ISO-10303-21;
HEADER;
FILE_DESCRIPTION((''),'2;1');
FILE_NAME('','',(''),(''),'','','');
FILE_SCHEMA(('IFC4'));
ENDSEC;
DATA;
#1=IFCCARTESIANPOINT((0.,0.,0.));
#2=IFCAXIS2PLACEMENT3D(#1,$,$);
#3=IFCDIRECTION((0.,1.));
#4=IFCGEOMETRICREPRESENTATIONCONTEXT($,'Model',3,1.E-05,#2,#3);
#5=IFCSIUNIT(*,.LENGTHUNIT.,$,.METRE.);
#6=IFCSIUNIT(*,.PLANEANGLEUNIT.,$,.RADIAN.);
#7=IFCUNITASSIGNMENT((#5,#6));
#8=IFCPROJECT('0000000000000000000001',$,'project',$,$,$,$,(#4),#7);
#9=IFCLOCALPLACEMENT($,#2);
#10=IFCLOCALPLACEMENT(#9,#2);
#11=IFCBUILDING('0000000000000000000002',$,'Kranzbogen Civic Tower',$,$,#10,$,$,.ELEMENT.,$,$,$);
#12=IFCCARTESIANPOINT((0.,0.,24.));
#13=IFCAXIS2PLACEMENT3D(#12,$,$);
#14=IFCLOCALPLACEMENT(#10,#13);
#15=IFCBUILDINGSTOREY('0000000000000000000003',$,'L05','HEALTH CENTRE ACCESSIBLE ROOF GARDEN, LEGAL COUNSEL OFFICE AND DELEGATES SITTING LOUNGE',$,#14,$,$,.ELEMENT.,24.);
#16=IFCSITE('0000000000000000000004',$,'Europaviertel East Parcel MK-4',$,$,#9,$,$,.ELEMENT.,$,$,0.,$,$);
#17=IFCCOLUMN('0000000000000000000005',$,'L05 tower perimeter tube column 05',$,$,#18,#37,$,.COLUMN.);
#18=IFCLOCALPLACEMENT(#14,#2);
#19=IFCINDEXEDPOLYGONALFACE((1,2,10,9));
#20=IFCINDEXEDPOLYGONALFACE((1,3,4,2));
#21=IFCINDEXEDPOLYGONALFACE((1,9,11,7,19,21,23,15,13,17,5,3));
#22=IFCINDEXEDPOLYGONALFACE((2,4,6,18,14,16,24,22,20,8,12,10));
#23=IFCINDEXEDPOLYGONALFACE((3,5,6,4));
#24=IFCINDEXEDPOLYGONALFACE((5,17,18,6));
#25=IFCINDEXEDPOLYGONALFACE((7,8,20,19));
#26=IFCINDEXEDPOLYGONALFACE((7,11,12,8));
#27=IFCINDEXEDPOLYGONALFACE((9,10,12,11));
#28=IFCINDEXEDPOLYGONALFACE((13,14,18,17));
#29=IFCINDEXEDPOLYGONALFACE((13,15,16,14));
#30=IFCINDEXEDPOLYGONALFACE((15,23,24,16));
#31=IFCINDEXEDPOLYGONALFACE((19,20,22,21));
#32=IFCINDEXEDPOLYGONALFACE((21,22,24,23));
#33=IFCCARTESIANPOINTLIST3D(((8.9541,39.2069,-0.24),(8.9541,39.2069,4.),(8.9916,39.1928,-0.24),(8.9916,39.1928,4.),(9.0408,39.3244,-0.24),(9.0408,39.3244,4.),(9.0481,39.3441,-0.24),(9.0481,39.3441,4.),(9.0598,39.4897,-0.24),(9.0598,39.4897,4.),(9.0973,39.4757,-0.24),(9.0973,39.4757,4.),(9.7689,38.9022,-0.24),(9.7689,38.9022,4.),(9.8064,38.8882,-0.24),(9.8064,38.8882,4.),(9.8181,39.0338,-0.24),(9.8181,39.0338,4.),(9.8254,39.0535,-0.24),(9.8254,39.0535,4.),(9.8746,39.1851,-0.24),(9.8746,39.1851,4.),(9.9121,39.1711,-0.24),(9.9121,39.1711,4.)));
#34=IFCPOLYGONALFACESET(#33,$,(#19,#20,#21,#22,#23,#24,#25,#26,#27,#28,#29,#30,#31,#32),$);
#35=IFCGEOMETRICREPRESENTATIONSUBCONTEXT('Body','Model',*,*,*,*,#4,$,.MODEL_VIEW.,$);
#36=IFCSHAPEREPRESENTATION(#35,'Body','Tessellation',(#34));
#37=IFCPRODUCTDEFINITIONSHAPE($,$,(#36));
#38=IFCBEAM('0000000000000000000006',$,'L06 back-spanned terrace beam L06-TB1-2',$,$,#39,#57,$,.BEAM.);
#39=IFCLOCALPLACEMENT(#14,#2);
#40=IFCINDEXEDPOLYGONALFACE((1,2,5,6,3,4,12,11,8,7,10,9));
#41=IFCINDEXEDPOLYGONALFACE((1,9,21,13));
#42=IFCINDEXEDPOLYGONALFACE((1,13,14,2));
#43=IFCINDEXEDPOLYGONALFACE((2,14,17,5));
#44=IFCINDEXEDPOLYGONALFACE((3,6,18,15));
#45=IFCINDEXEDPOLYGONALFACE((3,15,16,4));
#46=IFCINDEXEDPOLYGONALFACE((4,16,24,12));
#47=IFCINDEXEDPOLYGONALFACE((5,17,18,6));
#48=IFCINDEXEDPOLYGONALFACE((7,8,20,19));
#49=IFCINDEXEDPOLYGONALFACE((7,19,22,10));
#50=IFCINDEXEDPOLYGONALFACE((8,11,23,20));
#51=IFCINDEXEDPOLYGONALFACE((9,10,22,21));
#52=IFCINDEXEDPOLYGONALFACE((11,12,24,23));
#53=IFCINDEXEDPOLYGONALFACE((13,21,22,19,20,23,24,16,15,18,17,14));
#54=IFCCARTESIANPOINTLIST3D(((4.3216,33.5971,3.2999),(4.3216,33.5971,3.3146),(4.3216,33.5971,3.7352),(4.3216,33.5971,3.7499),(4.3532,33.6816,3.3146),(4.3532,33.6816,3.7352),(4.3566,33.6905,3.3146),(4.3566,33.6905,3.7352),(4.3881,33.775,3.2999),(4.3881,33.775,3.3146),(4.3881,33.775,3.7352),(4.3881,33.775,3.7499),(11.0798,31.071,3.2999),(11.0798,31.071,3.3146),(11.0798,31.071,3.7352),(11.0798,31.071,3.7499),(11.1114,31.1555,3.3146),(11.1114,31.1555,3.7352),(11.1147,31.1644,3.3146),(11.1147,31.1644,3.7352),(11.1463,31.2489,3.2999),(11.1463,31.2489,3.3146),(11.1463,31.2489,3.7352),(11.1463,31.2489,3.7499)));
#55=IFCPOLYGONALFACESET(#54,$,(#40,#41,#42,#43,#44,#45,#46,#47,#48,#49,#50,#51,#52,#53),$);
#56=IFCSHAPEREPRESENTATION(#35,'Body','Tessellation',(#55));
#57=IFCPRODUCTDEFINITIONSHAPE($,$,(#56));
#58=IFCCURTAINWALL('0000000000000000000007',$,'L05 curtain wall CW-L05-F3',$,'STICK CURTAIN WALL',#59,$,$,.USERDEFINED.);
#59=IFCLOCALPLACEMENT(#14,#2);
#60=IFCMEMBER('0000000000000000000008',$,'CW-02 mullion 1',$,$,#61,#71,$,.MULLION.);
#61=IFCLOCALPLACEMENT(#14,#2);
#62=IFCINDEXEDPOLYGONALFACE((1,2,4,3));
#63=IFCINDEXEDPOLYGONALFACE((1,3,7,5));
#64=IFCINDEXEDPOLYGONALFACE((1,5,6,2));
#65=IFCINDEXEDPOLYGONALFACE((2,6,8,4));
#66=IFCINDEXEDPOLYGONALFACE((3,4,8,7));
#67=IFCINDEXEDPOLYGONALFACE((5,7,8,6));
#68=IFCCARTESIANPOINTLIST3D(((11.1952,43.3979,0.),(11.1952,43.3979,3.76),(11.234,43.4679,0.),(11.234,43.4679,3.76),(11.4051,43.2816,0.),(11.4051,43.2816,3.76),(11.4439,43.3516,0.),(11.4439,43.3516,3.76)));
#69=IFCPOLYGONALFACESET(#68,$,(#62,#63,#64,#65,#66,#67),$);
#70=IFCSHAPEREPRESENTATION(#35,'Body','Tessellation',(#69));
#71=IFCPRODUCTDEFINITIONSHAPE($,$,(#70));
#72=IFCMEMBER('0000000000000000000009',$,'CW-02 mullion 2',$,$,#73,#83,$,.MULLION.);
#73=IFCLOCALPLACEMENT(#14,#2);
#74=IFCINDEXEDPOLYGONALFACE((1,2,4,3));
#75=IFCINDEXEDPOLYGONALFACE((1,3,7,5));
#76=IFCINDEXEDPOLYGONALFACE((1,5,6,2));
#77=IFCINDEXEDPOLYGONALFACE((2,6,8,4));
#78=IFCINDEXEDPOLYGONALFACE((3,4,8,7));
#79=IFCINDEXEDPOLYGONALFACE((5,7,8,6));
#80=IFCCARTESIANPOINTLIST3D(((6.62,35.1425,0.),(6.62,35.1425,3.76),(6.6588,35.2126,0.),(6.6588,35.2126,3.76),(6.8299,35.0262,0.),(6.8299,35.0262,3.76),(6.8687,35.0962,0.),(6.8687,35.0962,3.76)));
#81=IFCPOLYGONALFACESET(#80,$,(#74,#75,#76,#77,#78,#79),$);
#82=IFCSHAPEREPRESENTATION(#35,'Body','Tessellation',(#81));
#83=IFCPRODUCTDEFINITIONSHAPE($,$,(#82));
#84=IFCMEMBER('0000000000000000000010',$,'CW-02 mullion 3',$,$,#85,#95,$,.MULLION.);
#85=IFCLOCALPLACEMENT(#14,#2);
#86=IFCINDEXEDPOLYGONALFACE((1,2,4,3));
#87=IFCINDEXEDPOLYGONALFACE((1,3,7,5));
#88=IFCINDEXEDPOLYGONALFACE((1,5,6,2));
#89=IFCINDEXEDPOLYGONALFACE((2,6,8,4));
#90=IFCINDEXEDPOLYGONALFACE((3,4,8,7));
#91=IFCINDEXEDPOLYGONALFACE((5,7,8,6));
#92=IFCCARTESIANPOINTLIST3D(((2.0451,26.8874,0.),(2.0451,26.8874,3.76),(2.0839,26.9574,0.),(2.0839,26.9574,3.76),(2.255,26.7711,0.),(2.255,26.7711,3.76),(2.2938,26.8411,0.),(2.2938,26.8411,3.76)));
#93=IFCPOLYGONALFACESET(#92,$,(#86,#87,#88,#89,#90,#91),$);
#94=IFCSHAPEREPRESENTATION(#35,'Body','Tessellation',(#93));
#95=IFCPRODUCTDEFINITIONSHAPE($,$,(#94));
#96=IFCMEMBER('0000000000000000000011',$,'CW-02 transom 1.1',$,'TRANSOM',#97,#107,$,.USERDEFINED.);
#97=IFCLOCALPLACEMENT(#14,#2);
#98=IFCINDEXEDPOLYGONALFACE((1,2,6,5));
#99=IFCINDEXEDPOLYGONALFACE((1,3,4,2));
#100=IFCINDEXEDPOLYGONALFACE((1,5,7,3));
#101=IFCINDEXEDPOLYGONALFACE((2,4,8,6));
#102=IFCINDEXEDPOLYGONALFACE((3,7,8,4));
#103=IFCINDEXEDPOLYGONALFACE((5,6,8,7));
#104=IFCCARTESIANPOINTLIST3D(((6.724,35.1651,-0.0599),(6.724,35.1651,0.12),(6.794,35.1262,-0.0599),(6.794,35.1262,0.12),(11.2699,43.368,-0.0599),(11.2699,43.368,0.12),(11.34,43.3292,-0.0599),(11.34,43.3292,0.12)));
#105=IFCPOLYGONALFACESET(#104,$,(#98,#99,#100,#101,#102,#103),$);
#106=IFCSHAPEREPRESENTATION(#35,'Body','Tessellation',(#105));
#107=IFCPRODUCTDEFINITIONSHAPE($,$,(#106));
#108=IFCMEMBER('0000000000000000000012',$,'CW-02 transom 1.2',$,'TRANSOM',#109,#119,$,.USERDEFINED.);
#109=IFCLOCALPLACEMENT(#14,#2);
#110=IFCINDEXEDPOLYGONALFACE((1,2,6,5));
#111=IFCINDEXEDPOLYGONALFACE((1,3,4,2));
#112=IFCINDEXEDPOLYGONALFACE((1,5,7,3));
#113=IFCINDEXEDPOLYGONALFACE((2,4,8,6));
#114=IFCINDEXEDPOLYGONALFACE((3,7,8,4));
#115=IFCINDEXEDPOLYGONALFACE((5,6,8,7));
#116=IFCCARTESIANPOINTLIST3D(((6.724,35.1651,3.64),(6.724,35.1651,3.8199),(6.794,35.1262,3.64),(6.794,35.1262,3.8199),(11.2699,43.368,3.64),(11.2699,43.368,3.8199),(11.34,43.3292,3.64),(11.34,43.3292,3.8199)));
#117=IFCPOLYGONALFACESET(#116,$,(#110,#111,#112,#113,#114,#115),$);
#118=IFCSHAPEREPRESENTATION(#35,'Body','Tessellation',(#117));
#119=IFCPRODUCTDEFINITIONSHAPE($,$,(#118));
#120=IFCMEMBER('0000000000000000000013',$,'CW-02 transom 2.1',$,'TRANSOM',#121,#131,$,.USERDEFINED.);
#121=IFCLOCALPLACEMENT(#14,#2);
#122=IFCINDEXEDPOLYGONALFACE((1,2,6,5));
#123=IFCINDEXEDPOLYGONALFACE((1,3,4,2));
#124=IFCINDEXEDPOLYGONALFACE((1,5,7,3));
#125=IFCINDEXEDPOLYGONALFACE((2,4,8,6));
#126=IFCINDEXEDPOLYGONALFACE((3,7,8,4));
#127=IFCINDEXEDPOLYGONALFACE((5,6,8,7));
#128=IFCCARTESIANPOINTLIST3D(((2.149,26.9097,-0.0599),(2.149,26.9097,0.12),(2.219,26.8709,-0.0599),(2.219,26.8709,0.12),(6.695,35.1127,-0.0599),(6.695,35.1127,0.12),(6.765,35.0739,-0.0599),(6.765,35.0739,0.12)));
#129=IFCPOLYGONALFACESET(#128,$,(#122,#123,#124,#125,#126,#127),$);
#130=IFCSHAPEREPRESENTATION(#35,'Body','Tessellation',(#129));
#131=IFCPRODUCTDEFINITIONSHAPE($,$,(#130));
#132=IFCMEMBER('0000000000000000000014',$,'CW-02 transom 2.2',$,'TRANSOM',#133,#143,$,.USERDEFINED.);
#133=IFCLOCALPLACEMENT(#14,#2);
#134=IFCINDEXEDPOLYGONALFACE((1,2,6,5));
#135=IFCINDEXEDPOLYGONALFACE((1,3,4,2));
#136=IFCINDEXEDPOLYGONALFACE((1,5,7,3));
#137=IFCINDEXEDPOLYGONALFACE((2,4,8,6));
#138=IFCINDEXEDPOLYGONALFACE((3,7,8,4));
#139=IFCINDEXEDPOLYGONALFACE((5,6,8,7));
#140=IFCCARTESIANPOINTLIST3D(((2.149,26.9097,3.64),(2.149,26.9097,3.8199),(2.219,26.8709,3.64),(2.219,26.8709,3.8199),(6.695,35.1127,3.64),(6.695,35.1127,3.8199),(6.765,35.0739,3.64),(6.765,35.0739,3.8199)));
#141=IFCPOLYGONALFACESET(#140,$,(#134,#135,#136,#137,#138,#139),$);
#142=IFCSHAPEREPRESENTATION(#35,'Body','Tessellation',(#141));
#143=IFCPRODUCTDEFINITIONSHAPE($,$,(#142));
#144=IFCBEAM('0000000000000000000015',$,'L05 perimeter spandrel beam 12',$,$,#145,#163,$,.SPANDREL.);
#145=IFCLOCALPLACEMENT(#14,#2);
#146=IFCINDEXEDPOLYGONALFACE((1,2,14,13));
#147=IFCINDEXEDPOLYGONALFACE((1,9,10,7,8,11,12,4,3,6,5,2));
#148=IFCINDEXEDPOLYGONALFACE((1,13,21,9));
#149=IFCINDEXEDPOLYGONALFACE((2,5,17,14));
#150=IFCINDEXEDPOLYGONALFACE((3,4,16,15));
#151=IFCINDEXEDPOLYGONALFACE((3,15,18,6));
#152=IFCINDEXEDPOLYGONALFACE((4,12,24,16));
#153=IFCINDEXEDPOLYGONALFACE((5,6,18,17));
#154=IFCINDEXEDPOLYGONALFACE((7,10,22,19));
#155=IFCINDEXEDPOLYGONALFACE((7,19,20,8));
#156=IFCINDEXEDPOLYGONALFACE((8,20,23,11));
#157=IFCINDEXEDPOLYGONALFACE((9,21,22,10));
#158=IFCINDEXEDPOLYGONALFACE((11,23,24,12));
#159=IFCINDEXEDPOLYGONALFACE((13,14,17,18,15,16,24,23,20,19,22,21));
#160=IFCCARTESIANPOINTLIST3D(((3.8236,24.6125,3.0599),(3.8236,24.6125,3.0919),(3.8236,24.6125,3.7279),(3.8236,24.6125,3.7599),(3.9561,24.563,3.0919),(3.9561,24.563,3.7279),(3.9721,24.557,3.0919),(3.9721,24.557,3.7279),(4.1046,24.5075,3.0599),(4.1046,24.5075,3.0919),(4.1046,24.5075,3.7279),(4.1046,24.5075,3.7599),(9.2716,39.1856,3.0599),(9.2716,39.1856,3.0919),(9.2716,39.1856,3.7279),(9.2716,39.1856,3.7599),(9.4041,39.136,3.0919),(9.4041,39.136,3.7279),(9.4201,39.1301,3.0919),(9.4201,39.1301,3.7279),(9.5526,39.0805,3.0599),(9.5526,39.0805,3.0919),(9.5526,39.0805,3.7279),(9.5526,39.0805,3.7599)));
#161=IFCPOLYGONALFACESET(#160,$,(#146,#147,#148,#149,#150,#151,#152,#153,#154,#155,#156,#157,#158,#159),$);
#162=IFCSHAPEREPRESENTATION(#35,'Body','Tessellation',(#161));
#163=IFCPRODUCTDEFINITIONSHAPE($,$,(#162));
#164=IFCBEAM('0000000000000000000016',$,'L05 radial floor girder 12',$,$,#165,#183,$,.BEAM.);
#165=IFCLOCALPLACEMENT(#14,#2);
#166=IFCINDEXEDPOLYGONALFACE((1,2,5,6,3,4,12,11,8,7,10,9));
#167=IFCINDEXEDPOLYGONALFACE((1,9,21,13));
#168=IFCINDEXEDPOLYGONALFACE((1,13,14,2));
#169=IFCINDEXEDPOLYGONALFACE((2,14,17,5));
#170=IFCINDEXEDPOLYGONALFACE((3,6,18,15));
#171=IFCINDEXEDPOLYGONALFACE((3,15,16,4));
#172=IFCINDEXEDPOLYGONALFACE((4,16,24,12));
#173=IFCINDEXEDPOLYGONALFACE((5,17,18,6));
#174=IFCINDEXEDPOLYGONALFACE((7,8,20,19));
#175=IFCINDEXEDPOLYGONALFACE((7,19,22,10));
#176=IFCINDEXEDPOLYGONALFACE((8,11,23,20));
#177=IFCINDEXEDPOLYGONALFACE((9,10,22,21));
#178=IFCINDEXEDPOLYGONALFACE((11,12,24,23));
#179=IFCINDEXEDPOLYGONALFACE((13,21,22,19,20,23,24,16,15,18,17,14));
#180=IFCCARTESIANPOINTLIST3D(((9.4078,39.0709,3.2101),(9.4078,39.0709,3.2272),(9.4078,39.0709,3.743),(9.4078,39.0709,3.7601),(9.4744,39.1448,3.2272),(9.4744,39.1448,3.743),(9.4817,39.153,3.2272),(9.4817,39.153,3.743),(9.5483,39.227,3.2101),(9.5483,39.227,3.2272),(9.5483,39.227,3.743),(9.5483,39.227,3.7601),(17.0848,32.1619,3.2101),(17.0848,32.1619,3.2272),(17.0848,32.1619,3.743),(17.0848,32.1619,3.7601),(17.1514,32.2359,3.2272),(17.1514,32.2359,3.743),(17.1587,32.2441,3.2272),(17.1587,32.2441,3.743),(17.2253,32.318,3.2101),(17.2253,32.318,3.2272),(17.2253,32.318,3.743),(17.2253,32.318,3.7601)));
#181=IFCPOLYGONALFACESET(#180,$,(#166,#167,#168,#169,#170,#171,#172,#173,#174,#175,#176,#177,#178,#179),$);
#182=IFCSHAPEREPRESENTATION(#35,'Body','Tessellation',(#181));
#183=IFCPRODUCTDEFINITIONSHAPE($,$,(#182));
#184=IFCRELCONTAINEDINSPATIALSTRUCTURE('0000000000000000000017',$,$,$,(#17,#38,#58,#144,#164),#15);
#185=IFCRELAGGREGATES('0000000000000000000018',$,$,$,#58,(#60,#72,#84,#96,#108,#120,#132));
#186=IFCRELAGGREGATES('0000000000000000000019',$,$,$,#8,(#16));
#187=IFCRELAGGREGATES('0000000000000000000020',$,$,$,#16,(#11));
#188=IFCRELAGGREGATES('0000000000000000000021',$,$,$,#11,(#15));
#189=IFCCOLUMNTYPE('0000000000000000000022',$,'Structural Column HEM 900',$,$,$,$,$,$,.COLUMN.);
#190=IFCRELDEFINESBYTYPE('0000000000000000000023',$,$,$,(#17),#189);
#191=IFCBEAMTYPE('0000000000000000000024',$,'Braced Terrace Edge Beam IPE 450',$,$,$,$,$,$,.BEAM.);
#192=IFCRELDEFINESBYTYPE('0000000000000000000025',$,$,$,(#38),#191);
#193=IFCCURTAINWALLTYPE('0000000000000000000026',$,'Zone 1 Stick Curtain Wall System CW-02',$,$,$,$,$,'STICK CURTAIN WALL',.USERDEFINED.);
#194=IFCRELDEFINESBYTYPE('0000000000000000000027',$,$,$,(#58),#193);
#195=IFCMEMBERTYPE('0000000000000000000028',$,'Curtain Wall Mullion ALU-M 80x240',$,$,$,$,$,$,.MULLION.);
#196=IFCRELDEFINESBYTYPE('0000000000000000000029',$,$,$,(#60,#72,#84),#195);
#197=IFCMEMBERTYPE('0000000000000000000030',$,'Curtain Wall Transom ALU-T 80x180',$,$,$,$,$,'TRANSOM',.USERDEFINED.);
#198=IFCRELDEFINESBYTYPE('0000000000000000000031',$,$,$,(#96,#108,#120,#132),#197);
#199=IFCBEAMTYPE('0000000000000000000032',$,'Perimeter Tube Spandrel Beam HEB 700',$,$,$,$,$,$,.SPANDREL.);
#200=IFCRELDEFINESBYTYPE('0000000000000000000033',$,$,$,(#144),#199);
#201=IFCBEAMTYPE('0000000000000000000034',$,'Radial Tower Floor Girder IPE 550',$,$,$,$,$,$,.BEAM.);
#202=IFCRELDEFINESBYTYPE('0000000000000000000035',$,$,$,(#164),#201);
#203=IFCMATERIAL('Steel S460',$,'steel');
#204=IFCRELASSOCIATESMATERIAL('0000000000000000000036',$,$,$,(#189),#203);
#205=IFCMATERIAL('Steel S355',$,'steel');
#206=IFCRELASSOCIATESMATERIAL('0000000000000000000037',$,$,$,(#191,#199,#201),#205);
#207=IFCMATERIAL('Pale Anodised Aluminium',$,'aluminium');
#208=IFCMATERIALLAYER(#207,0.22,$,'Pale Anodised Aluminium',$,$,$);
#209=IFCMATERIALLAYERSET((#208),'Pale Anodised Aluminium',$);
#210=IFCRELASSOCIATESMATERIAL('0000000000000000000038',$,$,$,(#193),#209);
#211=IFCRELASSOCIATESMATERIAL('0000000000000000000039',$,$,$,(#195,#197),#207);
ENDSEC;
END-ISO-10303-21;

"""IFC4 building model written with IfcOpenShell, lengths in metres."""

from ifc_helpers import new_model, si_unit, direction, frame, origin, origin_2d, place, context, subcontext, project, spatial, rectangle, i_section, extrude, material, layer, layer_set, material_profile, profile_set, type_object, element, aggregate, save


model = new_model("IFC4")

# Units and contexts
model_context = context("Model", 3, precision=1e-05, world=origin(), true_north=direction((0.0, 1.0)))
body_context = subcontext(model_context, "Body", "Model", "MODEL_VIEW")
ifc_project = project(units=[si_unit("LENGTHUNIT", "METRE"), si_unit("PLANEANGLEUNIT", "RADIAN")], contexts=[model_context])

# Site, building, storey
site_placement = place(None, origin())
site = spatial("IfcSite", under=ifc_project, at=site_placement, Name="Europaviertel East Parcel MK-4", CompositionType="ELEMENT", RefElevation=0.0)
building_placement = place(site_placement, origin())
building = spatial("IfcBuilding", under=site, at=building_placement, Name="Kranzbogen Civic Tower", CompositionType="ELEMENT")
storey_placement = place(building_placement, frame((0.0, 0.0, 24.0)))
storey = spatial("IfcBuildingStorey", under=building, at=storey_placement, Name="L05", Description="HEALTH CENTRE ACCESSIBLE ROOF GARDEN, LEGAL COUNSEL OFFICE AND DELEGATES SITTING LOUNGE", CompositionType="ELEMENT", Elevation=24.0)

# Column
ifc_material_1 = material(Name="Steel S460", Category="steel")
ifc_material_profile_1 = material_profile(ifc_material_1, i_section(OverallWidth=0.302, OverallDepth=0.9099, WebThickness=0.021, FlangeThickness=0.04, at=origin_2d()), Name="HEM 900")
ifc_profile_set_1 = profile_set([ifc_material_profile_1], Name="Steel S460")
column_type = type_object("IfcColumnType", Name="Structural Column HEM 900", PredefinedType="COLUMN", material=ifc_profile_set_1)
column_placement = place(storey_placement, frame((9.4331, 39.189, -0.24), z_axis=(0.0, 0.0, 1.0), x_axis=(0.350207, 0.936672, 0.0)))
element("IfcColumn", 1, at=column_placement, inside=storey, type_object=column_type, Name="L05 tower perimeter tube column 05", PredefinedType="COLUMN", context=body_context, shape_type="SweptSolid", body=[
    extrude(i_section(OverallWidth=0.302, OverallDepth=0.9099, WebThickness=0.021, FlangeThickness=0.04, at=origin_2d()), origin(), (0.0, 0.0, 1.0), 4.24),
])

# Beam
ifc_material_2 = material(Name="Steel S355", Category="steel")
ifc_material_profile_2 = material_profile(ifc_material_2, i_section(OverallWidth=0.1899, OverallDepth=0.45, WebThickness=0.0095, FlangeThickness=0.0146, at=origin_2d()), Name="IPE 450")
ifc_profile_set_2 = profile_set([ifc_material_profile_2], Name="Steel S355")
beam_type_1 = type_object("IfcBeamType", Name="Braced Terrace Edge Beam IPE 450", PredefinedType="BEAM", material=ifc_profile_set_2)
beam_1_placement = place(storey_placement, frame((11.113, 31.1599, 3.5249), z_axis=(-0.9367, 0.350133, 0.0), x_axis=(-0.350133, -0.9367, 0.0)))
element("IfcBeam", 2, at=beam_1_placement, inside=storey, type_object=beam_type_1, Name="L06 back-spanned terrace beam L06-TB1-2", PredefinedType="BEAM", context=body_context, shape_type="SweptSolid", body=[
    extrude(i_section(OverallWidth=0.1899, OverallDepth=0.45, WebThickness=0.0095, FlangeThickness=0.0146, at=origin_2d()), origin(), (0.0, 0.0, 1.0), 7.2148),
])

# Curtain wall, members
ifc_material_3 = material(Name="Pale Anodised Aluminium", Category="aluminium")
ifc_layer_1 = layer(ifc_material_3, 0.22, Name="Pale Anodised Aluminium")
ifc_layer_set_1 = layer_set([ifc_layer_1], Name="Pale Anodised Aluminium")
curtain_wall_type = type_object("IfcCurtainWallType", Name="Zone 1 Stick Curtain Wall System CW-02", ElementType="STICK CURTAIN WALL", PredefinedType="USERDEFINED", material=ifc_layer_set_1)
curtain_wall_placement = place(storey_placement, origin())
curtain_wall = element("IfcCurtainWall", 3, at=curtain_wall_placement, inside=storey, type_object=curtain_wall_type, Name="L05 curtain wall CW-L05-F3", ObjectType="STICK CURTAIN WALL", PredefinedType="USERDEFINED")
ifc_material_profile_3 = material_profile(ifc_material_3, rectangle(XDim=0.0801, YDim=0.24, at=origin_2d()), Name="ALU-M 80x240")
ifc_profile_set_3 = profile_set([ifc_material_profile_3], Name="Pale Anodised Aluminium")
member_type_1 = type_object("IfcMemberType", Name="Curtain Wall Mullion ALU-M 80x240", PredefinedType="MULLION", material=ifc_profile_set_3)
member_1_placement = place(storey_placement, frame((11.3196, 43.3748, 0.0), z_axis=(0.0, 0.0, 1.0), x_axis=(-0.484728, -0.874665, 0.0)))
member_1 = element("IfcMember", 4, at=member_1_placement, type_object=member_type_1, Name="CW-02 mullion 1", PredefinedType="MULLION", context=body_context, shape_type="SweptSolid", body=[
    extrude(rectangle(XDim=0.0801, YDim=0.24, at=origin_2d()), origin(), (0.0, 0.0, 1.0), 3.76),
])
member_2_placement = place(storey_placement, frame((6.7444, 35.1194, 0.0), z_axis=(0.0, 0.0, 1.0), x_axis=(-0.484728, -0.874665, 0.0)))
member_2 = element("IfcMember", 5, at=member_2_placement, type_object=member_type_1, Name="CW-02 mullion 2", PredefinedType="MULLION", context=body_context, shape_type="SweptSolid", body=[
    extrude(rectangle(XDim=0.0801, YDim=0.24, at=origin_2d()), origin(), (0.0, 0.0, 1.0), 3.76),
])
member_3_placement = place(storey_placement, frame((2.1694, 26.8643, 0.0), z_axis=(0.0, 0.0, 1.0), x_axis=(-0.484728, -0.874665, 0.0)))
member_3 = element("IfcMember", 6, at=member_3_placement, type_object=member_type_1, Name="CW-02 mullion 3", PredefinedType="MULLION", context=body_context, shape_type="SweptSolid", body=[
    extrude(rectangle(XDim=0.0801, YDim=0.24, at=origin_2d()), origin(), (0.0, 0.0, 1.0), 3.76),
])
ifc_material_profile_4 = material_profile(ifc_material_3, rectangle(XDim=0.0801, YDim=0.1799, at=origin_2d()), Name="ALU-T 80x180")
ifc_profile_set_4 = profile_set([ifc_material_profile_4], Name="Pale Anodised Aluminium")
member_type_2 = type_object("IfcMemberType", Name="Curtain Wall Transom ALU-T 80x180", ElementType="TRANSOM", PredefinedType="USERDEFINED", material=ifc_profile_set_4)
member_4_placement = place(storey_placement, frame((11.3049, 43.3486, 0.03), z_axis=(-0.484725, -0.874666, 0.0), x_axis=(0.874666, -0.484725, 0.0)))
member_4 = element("IfcMember", 7, at=member_4_placement, type_object=member_type_2, Name="CW-02 transom 1.1", ObjectType="TRANSOM", PredefinedType="USERDEFINED", context=body_context, shape_type="SweptSolid", body=[
    extrude(rectangle(XDim=0.0801, YDim=0.1799, at=origin_2d()), origin(), (0.0, 0.0, 1.0), 9.3784),
])
member_5_placement = place(storey_placement, frame((11.3049, 43.3486, 3.73), z_axis=(-0.484725, -0.874666, 0.0), x_axis=(0.874666, -0.484725, 0.0)))
member_5 = element("IfcMember", 8, at=member_5_placement, type_object=member_type_2, Name="CW-02 transom 1.2", ObjectType="TRANSOM", PredefinedType="USERDEFINED", context=body_context, shape_type="SweptSolid", body=[
    extrude(rectangle(XDim=0.0801, YDim=0.1799, at=origin_2d()), origin(), (0.0, 0.0, 1.0), 9.3784),
])
member_6_placement = place(storey_placement, frame((6.73, 35.0933, 0.03), z_axis=(-0.484725, -0.874666, 0.0), x_axis=(0.874666, -0.484725, 0.0)))
member_6 = element("IfcMember", 9, at=member_6_placement, type_object=member_type_2, Name="CW-02 transom 2.1", ObjectType="TRANSOM", PredefinedType="USERDEFINED", context=body_context, shape_type="SweptSolid", body=[
    extrude(rectangle(XDim=0.0801, YDim=0.1799, at=origin_2d()), origin(), (0.0, 0.0, 1.0), 9.3784),
])
member_7_placement = place(storey_placement, frame((6.73, 35.0933, 3.73), z_axis=(-0.484725, -0.874666, 0.0), x_axis=(0.874666, -0.484725, 0.0)))
member_7 = element("IfcMember", 10, at=member_7_placement, type_object=member_type_2, Name="CW-02 transom 2.2", ObjectType="TRANSOM", PredefinedType="USERDEFINED", context=body_context, shape_type="SweptSolid", body=[
    extrude(rectangle(XDim=0.0801, YDim=0.1799, at=origin_2d()), origin(), (0.0, 0.0, 1.0), 9.3784),
])

# Beams
ifc_material_profile_5 = material_profile(ifc_material_2, i_section(OverallWidth=0.3, OverallDepth=0.7, WebThickness=0.0171, FlangeThickness=0.032, at=origin_2d()), Name="HEB 700")
ifc_profile_set_5 = profile_set([ifc_material_profile_5], Name="Steel S355")
beam_type_2 = type_object("IfcBeamType", Name="Perimeter Tube Spandrel Beam HEB 700", PredefinedType="SPANDREL", material=ifc_profile_set_5)
beam_2_placement = place(storey_placement, frame((9.4121, 39.1331, 3.4099), z_axis=(-0.350172, -0.936685, 0.0), x_axis=(0.936685, -0.350172, 0.0)))
element("IfcBeam", 11, at=beam_2_placement, inside=storey, type_object=beam_type_2, Name="L05 perimeter spandrel beam 12", PredefinedType="SPANDREL", context=body_context, shape_type="SweptSolid", body=[
    extrude(i_section(OverallWidth=0.3, OverallDepth=0.7, WebThickness=0.0171, FlangeThickness=0.032, at=origin_2d()), origin(), (0.0, 0.0, 1.0), 15.5581),
])
ifc_material_profile_6 = material_profile(ifc_material_2, i_section(OverallWidth=0.21, OverallDepth=0.55, WebThickness=0.011, FlangeThickness=0.0171, at=origin_2d()), Name="IPE 550")
ifc_profile_set_6 = profile_set([ifc_material_profile_6], Name="Steel S355")
beam_type_3 = type_object("IfcBeamType", Name="Radial Tower Floor Girder IPE 550", PredefinedType="BEAM", material=ifc_profile_set_6)
beam_3_placement = place(storey_placement, frame((9.478, 39.1489, 3.4851), z_axis=(0.743312, -0.668945, 0.0), x_axis=(0.668945, 0.743312, 0.0)))
element("IfcBeam", 12, at=beam_3_placement, inside=storey, type_object=beam_type_3, Name="L05 radial floor girder 12", PredefinedType="BEAM", context=body_context, shape_type="SweptSolid", body=[
    extrude(i_section(OverallWidth=0.21, OverallDepth=0.55, WebThickness=0.011, FlangeThickness=0.0171, at=origin_2d()), origin(), (0.0, 0.0, 1.0), 10.3281),
])

aggregate(curtain_wall, [member_1, member_2, member_3, member_4, member_5, member_6, member_7])

save(model, "model.ifc")
